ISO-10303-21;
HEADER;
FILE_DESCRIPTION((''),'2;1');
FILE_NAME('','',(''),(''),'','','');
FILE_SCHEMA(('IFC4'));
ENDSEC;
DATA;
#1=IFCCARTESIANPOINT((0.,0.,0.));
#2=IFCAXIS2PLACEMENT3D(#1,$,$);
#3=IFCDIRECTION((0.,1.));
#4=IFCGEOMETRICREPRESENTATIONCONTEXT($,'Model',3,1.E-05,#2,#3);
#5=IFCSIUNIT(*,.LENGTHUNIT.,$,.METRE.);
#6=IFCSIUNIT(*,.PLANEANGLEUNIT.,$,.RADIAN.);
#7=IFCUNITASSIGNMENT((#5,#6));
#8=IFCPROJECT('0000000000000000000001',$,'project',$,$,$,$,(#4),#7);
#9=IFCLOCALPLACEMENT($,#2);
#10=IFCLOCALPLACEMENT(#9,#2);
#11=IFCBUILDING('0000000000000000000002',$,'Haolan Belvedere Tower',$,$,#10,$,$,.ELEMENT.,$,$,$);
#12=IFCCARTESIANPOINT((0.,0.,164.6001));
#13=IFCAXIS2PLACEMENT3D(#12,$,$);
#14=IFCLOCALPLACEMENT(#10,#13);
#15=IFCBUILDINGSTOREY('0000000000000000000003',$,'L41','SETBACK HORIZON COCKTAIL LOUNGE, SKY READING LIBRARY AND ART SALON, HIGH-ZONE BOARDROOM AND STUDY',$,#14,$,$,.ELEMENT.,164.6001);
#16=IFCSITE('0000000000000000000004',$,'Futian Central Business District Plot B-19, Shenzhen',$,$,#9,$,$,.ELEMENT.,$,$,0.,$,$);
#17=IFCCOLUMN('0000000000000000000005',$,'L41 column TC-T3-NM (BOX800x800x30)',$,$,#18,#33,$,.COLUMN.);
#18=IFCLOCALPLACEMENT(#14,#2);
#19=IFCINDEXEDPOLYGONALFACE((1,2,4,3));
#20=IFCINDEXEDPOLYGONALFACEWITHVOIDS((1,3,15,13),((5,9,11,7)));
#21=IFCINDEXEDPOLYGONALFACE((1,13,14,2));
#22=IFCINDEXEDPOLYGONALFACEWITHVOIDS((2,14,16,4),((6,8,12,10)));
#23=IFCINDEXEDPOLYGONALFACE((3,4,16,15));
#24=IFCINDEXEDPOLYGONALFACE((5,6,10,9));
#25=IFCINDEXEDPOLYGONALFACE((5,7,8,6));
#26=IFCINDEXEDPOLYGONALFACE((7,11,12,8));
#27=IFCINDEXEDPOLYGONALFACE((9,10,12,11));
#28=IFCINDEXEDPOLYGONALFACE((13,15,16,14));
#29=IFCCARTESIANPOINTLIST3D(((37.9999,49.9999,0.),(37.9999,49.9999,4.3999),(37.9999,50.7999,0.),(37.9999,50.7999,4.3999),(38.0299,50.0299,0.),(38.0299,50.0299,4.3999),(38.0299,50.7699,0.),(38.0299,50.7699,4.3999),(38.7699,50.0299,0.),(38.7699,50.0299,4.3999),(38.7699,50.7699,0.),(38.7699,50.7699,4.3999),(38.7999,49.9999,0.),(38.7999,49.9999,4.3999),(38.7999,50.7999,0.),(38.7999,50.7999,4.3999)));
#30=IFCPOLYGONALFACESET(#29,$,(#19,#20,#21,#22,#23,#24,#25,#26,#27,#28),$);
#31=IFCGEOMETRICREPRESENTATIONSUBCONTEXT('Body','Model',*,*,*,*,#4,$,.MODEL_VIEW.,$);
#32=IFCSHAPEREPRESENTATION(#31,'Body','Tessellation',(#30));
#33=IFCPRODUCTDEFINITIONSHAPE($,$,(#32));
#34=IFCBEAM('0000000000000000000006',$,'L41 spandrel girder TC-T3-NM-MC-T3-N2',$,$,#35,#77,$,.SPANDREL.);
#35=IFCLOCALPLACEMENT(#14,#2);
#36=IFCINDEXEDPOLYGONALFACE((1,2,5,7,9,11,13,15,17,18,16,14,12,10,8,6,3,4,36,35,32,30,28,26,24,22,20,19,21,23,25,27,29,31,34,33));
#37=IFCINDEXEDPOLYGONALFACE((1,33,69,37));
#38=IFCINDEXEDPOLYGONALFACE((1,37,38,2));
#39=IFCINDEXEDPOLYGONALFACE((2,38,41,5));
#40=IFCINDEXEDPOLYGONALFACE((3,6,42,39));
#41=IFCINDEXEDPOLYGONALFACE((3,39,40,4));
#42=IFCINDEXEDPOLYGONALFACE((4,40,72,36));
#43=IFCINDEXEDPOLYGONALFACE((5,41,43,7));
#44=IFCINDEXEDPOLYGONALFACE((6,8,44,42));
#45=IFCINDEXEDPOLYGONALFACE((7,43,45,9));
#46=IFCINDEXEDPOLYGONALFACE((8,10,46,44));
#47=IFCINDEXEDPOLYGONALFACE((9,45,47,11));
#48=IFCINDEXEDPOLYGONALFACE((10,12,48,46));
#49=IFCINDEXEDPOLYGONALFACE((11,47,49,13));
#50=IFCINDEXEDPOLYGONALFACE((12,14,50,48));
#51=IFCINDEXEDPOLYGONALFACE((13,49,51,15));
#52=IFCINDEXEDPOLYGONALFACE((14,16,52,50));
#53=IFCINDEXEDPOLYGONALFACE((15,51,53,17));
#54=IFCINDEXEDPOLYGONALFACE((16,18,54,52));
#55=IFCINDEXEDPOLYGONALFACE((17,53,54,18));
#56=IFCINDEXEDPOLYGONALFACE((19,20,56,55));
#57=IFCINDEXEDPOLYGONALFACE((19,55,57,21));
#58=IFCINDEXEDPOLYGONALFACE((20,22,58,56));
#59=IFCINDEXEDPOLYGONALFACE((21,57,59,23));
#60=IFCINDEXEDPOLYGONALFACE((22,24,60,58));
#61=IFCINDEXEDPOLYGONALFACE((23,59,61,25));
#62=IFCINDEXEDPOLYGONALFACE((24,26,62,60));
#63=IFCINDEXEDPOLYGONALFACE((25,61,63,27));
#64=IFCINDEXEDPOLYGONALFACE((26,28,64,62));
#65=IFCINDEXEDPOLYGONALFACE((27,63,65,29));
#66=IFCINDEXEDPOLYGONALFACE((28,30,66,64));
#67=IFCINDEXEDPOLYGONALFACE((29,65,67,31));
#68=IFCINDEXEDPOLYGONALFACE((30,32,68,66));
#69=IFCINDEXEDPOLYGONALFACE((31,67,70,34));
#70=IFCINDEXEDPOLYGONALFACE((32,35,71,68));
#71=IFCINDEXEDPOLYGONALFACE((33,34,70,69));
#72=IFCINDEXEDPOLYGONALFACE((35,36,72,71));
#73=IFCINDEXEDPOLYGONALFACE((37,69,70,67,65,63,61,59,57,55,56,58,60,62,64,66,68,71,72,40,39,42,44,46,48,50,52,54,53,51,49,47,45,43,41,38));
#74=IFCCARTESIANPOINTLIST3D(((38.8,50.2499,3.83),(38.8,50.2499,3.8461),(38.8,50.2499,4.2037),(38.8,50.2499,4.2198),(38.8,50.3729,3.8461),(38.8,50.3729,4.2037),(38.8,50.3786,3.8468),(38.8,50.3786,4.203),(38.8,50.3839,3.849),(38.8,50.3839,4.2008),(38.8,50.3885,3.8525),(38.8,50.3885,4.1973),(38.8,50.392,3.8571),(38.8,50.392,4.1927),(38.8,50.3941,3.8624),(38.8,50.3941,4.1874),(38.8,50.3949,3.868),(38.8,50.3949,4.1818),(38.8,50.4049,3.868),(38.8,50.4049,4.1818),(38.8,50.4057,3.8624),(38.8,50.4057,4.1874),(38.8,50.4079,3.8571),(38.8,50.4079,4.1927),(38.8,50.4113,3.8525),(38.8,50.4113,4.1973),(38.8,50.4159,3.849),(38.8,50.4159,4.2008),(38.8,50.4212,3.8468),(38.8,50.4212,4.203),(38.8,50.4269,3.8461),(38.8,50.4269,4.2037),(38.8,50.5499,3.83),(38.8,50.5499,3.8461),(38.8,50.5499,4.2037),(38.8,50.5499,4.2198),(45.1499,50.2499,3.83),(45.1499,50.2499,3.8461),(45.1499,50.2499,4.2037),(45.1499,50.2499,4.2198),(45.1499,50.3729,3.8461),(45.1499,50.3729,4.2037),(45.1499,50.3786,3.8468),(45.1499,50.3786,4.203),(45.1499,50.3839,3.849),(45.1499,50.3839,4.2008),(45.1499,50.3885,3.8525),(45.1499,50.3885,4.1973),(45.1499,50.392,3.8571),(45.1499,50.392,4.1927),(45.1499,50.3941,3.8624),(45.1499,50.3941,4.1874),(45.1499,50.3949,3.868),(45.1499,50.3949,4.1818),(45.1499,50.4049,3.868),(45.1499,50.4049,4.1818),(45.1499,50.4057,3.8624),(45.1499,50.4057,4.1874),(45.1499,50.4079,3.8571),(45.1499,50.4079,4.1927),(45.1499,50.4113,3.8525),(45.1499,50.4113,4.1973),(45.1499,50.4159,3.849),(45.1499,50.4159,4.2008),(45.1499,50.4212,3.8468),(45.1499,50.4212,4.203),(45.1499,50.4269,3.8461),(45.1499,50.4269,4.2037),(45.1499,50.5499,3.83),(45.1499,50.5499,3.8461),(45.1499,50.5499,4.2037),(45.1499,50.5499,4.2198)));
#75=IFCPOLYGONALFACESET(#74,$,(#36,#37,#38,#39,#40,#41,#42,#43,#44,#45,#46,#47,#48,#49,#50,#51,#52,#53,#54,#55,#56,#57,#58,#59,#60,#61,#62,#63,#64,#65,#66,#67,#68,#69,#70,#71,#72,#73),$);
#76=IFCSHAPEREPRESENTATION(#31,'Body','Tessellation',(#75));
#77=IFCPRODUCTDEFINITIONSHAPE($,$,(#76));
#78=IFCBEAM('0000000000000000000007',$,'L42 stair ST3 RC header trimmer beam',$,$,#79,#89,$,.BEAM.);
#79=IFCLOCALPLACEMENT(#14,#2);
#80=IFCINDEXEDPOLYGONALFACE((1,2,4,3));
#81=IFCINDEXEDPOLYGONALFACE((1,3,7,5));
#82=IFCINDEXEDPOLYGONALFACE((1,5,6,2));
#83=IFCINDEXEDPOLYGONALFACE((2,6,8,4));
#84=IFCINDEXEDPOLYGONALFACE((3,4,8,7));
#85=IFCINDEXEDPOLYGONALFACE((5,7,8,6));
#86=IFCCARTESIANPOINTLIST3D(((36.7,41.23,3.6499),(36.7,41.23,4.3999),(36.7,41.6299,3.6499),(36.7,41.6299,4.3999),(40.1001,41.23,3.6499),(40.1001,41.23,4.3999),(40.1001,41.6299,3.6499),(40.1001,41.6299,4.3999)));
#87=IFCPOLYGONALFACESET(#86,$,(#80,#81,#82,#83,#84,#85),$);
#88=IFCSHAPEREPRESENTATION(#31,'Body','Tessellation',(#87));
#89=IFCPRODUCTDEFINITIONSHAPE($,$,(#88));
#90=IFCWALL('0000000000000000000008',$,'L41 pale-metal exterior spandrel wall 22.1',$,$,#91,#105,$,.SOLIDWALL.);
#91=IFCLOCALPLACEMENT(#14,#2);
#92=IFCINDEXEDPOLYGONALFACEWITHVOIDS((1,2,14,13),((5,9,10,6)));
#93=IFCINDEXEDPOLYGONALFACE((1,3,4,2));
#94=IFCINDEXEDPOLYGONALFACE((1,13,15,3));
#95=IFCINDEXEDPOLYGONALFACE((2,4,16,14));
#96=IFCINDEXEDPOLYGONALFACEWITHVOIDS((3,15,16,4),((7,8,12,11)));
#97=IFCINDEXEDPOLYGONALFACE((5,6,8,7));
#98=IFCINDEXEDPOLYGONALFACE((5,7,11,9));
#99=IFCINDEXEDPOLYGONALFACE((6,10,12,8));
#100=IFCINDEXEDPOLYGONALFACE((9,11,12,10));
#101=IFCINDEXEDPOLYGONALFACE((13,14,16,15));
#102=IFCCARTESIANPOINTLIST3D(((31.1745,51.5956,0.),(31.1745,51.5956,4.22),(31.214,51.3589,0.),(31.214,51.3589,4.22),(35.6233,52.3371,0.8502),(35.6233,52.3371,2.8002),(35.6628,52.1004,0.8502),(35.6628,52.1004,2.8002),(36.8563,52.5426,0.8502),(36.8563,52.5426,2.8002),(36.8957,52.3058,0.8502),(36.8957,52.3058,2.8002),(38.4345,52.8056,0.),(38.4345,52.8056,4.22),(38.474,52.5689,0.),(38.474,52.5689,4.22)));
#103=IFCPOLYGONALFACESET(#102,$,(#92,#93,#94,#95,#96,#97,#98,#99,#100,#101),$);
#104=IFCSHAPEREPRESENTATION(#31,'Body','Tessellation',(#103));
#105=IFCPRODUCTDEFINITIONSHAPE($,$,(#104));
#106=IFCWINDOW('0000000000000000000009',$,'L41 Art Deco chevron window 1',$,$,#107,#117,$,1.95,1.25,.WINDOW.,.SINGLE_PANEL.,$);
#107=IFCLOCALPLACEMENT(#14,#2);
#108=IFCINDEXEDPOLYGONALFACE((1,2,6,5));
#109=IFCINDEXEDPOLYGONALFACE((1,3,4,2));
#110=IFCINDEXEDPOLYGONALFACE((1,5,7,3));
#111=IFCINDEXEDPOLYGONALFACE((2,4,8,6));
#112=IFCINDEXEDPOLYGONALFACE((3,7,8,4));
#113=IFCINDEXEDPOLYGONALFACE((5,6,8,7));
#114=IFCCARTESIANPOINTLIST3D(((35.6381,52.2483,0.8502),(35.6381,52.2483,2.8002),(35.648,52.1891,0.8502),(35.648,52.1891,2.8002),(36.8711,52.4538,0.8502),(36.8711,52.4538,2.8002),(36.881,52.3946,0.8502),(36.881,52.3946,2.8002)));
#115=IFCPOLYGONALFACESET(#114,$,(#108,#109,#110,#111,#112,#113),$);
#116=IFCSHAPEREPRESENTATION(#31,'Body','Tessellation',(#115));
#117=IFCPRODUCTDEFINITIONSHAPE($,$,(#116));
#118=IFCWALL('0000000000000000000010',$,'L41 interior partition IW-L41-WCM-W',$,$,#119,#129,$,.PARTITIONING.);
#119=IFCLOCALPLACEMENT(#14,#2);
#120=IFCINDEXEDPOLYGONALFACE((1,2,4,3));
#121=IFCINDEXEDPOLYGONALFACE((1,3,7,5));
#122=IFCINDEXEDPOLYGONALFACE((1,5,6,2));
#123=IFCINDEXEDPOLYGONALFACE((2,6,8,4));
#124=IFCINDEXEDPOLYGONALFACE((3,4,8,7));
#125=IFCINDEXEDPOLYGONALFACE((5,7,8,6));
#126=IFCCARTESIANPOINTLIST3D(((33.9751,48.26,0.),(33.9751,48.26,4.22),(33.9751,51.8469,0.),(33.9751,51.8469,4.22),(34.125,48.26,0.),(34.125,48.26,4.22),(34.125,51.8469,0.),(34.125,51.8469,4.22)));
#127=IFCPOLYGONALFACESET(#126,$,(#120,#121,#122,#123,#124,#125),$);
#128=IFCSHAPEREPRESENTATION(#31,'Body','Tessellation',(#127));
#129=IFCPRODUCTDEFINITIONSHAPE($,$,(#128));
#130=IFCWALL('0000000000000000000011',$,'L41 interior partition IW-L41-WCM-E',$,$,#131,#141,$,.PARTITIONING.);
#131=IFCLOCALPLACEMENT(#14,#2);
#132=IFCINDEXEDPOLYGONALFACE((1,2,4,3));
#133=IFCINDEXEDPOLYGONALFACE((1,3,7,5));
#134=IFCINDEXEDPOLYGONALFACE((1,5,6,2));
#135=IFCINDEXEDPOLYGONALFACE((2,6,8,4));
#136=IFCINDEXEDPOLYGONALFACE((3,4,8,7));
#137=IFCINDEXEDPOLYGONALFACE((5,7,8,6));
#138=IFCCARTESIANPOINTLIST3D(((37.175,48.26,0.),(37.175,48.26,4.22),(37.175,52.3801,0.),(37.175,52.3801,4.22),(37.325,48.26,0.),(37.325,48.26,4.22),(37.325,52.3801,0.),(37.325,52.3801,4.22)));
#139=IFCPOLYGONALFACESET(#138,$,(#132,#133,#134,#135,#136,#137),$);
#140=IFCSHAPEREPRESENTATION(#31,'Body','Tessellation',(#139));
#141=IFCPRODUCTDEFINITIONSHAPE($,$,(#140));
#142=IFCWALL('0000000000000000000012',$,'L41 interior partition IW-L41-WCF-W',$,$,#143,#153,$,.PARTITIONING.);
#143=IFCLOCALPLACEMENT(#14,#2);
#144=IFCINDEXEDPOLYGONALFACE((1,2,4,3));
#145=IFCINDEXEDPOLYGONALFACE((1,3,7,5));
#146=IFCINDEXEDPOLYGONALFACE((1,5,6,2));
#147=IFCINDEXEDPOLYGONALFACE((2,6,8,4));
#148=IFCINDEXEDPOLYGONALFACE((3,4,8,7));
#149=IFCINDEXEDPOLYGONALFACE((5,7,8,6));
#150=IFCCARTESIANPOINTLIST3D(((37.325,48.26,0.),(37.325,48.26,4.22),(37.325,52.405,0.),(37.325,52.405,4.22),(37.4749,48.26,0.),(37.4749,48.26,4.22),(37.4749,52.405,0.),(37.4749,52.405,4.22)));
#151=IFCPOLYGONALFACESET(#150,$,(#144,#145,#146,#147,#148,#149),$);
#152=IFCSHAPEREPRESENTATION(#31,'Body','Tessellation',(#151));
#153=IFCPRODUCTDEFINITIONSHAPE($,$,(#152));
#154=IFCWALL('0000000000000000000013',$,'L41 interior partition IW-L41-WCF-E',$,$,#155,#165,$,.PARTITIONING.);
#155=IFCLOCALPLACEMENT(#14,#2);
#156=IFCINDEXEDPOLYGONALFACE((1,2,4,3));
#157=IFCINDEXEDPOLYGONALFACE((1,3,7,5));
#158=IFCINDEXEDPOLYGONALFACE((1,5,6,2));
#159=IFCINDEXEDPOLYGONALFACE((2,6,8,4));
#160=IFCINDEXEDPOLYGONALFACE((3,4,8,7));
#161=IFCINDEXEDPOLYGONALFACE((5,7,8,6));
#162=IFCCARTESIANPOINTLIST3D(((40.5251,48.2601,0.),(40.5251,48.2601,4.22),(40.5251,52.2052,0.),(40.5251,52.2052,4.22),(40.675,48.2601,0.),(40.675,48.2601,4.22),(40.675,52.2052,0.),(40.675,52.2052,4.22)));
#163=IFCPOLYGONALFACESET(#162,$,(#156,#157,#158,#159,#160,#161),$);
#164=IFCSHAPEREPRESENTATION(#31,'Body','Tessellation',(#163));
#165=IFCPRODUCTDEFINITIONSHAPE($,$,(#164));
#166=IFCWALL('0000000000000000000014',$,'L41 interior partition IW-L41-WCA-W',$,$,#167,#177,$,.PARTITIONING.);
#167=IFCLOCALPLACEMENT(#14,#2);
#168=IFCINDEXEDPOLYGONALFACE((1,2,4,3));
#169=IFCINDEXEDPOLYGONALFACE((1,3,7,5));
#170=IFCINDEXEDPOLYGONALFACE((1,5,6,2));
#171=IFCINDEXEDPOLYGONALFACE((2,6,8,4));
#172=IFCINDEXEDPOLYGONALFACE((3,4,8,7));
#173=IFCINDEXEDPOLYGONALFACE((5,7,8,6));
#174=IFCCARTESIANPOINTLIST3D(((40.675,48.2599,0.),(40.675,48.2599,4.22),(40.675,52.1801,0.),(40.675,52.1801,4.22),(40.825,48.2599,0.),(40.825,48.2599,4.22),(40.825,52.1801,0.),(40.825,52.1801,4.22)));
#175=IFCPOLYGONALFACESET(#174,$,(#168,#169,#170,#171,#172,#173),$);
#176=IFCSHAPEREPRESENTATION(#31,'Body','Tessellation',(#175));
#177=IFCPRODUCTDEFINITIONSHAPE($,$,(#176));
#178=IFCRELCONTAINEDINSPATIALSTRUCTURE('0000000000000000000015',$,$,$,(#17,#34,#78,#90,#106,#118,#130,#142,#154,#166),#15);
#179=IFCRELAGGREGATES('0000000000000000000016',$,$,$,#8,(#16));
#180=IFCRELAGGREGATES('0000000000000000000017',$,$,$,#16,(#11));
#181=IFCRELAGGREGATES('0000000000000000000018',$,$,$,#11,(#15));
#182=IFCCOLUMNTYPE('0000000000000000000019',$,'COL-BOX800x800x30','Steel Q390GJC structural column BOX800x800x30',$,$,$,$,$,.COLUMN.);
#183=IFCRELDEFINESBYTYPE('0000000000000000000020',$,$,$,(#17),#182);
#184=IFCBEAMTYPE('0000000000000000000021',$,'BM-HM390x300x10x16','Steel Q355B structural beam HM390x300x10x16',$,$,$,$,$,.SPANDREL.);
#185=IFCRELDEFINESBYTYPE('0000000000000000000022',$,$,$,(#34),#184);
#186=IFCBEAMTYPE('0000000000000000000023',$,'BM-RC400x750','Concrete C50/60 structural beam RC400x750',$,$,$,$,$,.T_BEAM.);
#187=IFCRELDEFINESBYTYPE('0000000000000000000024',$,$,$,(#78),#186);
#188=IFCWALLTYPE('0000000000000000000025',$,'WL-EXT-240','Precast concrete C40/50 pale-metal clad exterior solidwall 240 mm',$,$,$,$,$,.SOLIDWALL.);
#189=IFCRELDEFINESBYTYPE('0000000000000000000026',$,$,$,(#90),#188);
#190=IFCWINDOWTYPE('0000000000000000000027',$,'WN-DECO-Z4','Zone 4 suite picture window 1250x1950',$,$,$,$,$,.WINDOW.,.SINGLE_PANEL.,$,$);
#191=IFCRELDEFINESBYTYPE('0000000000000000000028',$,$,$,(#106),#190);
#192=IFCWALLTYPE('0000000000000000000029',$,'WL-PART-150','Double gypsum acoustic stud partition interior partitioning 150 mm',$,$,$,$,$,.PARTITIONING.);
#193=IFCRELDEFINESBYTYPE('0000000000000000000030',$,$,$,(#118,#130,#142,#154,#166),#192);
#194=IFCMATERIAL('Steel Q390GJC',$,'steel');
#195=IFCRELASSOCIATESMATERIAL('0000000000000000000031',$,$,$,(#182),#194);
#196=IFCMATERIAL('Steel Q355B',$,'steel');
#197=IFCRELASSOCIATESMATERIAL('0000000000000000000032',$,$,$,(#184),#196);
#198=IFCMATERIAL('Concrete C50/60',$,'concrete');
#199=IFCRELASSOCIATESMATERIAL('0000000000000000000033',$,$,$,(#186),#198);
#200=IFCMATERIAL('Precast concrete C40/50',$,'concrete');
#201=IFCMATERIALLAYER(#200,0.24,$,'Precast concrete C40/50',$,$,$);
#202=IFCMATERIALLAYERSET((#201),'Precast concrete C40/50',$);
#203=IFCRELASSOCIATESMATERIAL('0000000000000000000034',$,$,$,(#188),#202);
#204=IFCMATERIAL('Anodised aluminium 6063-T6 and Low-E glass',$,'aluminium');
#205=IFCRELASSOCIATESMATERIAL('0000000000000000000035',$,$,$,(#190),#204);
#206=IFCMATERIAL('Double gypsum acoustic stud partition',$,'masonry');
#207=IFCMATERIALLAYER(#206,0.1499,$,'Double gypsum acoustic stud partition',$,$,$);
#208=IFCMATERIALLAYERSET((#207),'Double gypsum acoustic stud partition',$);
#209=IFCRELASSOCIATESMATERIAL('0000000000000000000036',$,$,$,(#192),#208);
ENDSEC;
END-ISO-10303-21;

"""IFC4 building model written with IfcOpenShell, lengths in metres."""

from ifc_helpers import new_model, si_unit, direction, frame, frame_2d, origin, origin_2d, place, context, subcontext, project, spatial, rectangle, hollow_rectangle, i_section, extrude, material, layer, layer_set, material_profile, profile_set, type_object, element, fill, save


model = new_model("IFC4")

# Units and contexts
model_context = context("Model", 3, precision=1e-05, world=origin(), true_north=direction((0.0, 1.0)))
body_context = subcontext(model_context, "Body", "Model", "MODEL_VIEW")
ifc_project = project(units=[si_unit("LENGTHUNIT", "METRE"), si_unit("PLANEANGLEUNIT", "RADIAN")], contexts=[model_context])

# Site, building, storey
site_placement = place(None, origin())
site = spatial("IfcSite", under=ifc_project, at=site_placement, Name="Futian Central Business District Plot B-19, Shenzhen", CompositionType="ELEMENT", RefElevation=0.0)
building_placement = place(site_placement, origin())
building = spatial("IfcBuilding", under=site, at=building_placement, Name="Haolan Belvedere Tower", CompositionType="ELEMENT")
storey_placement = place(building_placement, frame((0.0, 0.0, 164.6001)))
storey = spatial("IfcBuildingStorey", under=building, at=storey_placement, Name="L41", Description="SETBACK HORIZON COCKTAIL LOUNGE, SKY READING LIBRARY AND ART SALON, HIGH-ZONE BOARDROOM AND STUDY", CompositionType="ELEMENT", Elevation=164.6001)

# Column
ifc_material_1 = material(Name="Steel Q390GJC", Category="steel")
ifc_material_profile_1 = material_profile(ifc_material_1, hollow_rectangle(XDim=0.8, YDim=0.8, WallThickness=0.03, at=origin_2d()), Name="Steel Q390GJC")
ifc_profile_set_1 = profile_set([ifc_material_profile_1], Name="Steel Q390GJC")
column_type = type_object("IfcColumnType", Name="COL-BOX800x800x30", Description="Steel Q390GJC structural column BOX800x800x30", PredefinedType="COLUMN", material=ifc_profile_set_1)
column_placement = place(storey_placement, frame((38.3999, 50.3999, 0.0), z_axis=(0.0, 0.0, 1.0), x_axis=(1.0, 0.0, 0.0)))
element("IfcColumn", 1, at=column_placement, inside=storey, type_object=column_type, Name="L41 column TC-T3-NM (BOX800x800x30)", PredefinedType="COLUMN", context=body_context, shape_type="SweptSolid", body=[
    extrude(hollow_rectangle(XDim=0.8, YDim=0.8, WallThickness=0.03, at=origin_2d()), origin(), (0.0, 0.0, 1.0), 4.3999),
])

# Beams
ifc_material_2 = material(Name="Steel Q355B", Category="steel")
ifc_material_profile_2 = material_profile(ifc_material_2, i_section(OverallWidth=0.3, OverallDepth=0.3899, WebThickness=0.01, FlangeThickness=0.0161, FilletRadius=0.022, at=origin_2d()), Name="Steel Q355B")
ifc_profile_set_2 = profile_set([ifc_material_profile_2], Name="Steel Q355B")
beam_type_1 = type_object("IfcBeamType", Name="BM-HM390x300x10x16", Description="Steel Q355B structural beam HM390x300x10x16", PredefinedType="SPANDREL", material=ifc_profile_set_2)
beam_1_placement = place(storey_placement, frame((38.8, 50.3999, 4.0249), z_axis=(1.0, 0.0, 0.0), x_axis=(0.0, 1.0, 0.0)))
element("IfcBeam", 2, at=beam_1_placement, inside=storey, type_object=beam_type_1, Name="L41 spandrel girder TC-T3-NM-MC-T3-N2", PredefinedType="SPANDREL", context=body_context, shape_type="SweptSolid", body=[
    extrude(i_section(OverallWidth=0.3, OverallDepth=0.3899, WebThickness=0.01, FlangeThickness=0.0161, FilletRadius=0.022, at=origin_2d()), origin(), (0.0, 0.0, 1.0), 6.3499),
])
ifc_material_3 = material(Name="Concrete C50/60", Category="concrete")
ifc_material_profile_3 = material_profile(ifc_material_3, rectangle(XDim=0.3999, YDim=0.75, at=origin_2d()), Name="Concrete C50/60")
ifc_profile_set_3 = profile_set([ifc_material_profile_3], Name="Concrete C50/60")
beam_type_2 = type_object("IfcBeamType", Name="BM-RC400x750", Description="Concrete C50/60 structural beam RC400x750", PredefinedType="T_BEAM", material=ifc_profile_set_3)
beam_2_placement = place(storey_placement, frame((36.7, 41.4299, 4.0249), z_axis=(1.0, 0.0, 0.0), x_axis=(0.0, 1.0, 0.0)))
element("IfcBeam", 3, at=beam_2_placement, inside=storey, type_object=beam_type_2, Name="L42 stair ST3 RC header trimmer beam", PredefinedType="BEAM", context=body_context, shape_type="SweptSolid", body=[
    extrude(rectangle(XDim=0.3999, YDim=0.75, at=origin_2d()), origin(), (0.0, 0.0, 1.0), 3.4001),
])

# Wall, opening, window
ifc_material_4 = material(Name="Precast concrete C40/50", Category="concrete")
ifc_layer_1 = layer(ifc_material_4, 0.24, Name="Precast concrete C40/50")
ifc_layer_set_1 = layer_set([ifc_layer_1], Name="Precast concrete C40/50")
wall_type_1 = type_object("IfcWallType", Name="WL-EXT-240", Description="Precast concrete C40/50 pale-metal clad exterior solidwall 240 mm", PredefinedType="SOLIDWALL", material=ifc_layer_set_1)
wall_1_placement = place(storey_placement, frame((38.4543, 52.6873, 0.0), z_axis=(0.0, 0.0, 1.0), x_axis=(-0.986395, -0.164394, 0.0)))
wall_1 = element("IfcWall", 4, at=wall_1_placement, inside=storey, type_object=wall_type_1, Name="L41 pale-metal exterior spandrel wall 22.1", PredefinedType="SOLIDWALL", context=body_context, shape_type="SweptSolid", body=[
    extrude(rectangle(XDim=7.3601, YDim=0.24, at=frame_2d((3.6802, 0.0))), origin(), (0.0, 0.0, 1.0), 4.22),
])
opening_1_placement = place(wall_1_placement, frame((1.6001, 0.0, 0.8501)))
opening_1 = element("IfcOpeningElement", 5, at=opening_1_placement, cuts=wall_1, PredefinedType="OPENING", context=body_context, shape_type="SweptSolid", body=[
    extrude(rectangle(XDim=1.25, YDim=1.95, at=frame_2d((0.625, 0.9751))), frame((0.0, 0.1299, 0.0), z_axis=(0.0, -1.0, 0.0), x_axis=(1.0, 0.0, 0.0)), (0.0, 0.0, 1.0), 0.26),
])
ifc_material_5 = material(Name="Anodised aluminium 6063-T6 and Low-E glass", Category="aluminium")
window_type = type_object("IfcWindowType", Name="WN-DECO-Z4", Description="Zone 4 suite picture window 1250x1950", PartitioningType="SINGLE_PANEL", PredefinedType="WINDOW", material=ifc_material_5)
window_placement = place(opening_1_placement, origin())
window = element("IfcWindow", 6, at=window_placement, inside=storey, type_object=window_type, Name="L41 Art Deco chevron window 1", OverallHeight=1.95, OverallWidth=1.25, PartitioningType="SINGLE_PANEL", PredefinedType="WINDOW", context=body_context, shape_type="SweptSolid", body=[
    extrude(rectangle(XDim=1.25, YDim=1.95, at=frame_2d((0.625, 0.9751))), frame((0.0, 0.03, 0.0), z_axis=(0.0, -1.0, 0.0), x_axis=(1.0, 0.0, 0.0)), (0.0, 0.0, 1.0), 0.0601),
])
fill(opening_1, window)

# Shared definitions
ifc_material_6 = material(Name="Double gypsum acoustic stud partition", Category="masonry")
ifc_layer_2 = layer(ifc_material_6, 0.1499, Name="Double gypsum acoustic stud partition")
ifc_layer_set_2 = layer_set([ifc_layer_2], Name="Double gypsum acoustic stud partition")
wall_type_2 = type_object("IfcWallType", Name="WL-PART-150", Description="Double gypsum acoustic stud partition interior partitioning 150 mm", PredefinedType="PARTITIONING", material=ifc_layer_set_2)

# Walls
wall_2_placement = place(storey_placement, frame((34.05, 48.26, 0.0), z_axis=(0.0, 0.0, 1.0), x_axis=(0.0, 1.0, 0.0)))
element("IfcWall", 7, at=wall_2_placement, inside=storey, type_object=wall_type_2, Name="L41 interior partition IW-L41-WCM-W", PredefinedType="PARTITIONING", context=body_context, shape_type="SweptSolid", body=[
    extrude(rectangle(XDim=3.5869, YDim=0.1499, at=frame_2d((1.7935, 0.0))), origin(), (0.0, 0.0, 1.0), 4.22),
])
wall_3_placement = place(storey_placement, frame((37.25, 48.26, 0.0), z_axis=(0.0, 0.0, 1.0), x_axis=(0.0, 1.0, 0.0)))
element("IfcWall", 8, at=wall_3_placement, inside=storey, type_object=wall_type_2, Name="L41 interior partition IW-L41-WCM-E", PredefinedType="PARTITIONING", context=body_context, shape_type="SweptSolid", body=[
    extrude(rectangle(XDim=4.1201, YDim=0.1499, at=frame_2d((2.0601, 0.0))), origin(), (0.0, 0.0, 1.0), 4.22),
])

# Walls
wall_4_placement = place(storey_placement, frame((37.3999, 48.26, 0.0), z_axis=(0.0, 0.0, 1.0), x_axis=(0.0, 1.0, 0.0)))
element("IfcWall", 9, at=wall_4_placement, inside=storey, type_object=wall_type_2, Name="L41 interior partition IW-L41-WCF-W", PredefinedType="PARTITIONING", context=body_context, shape_type="SweptSolid", body=[
    extrude(rectangle(XDim=4.145, YDim=0.1499, at=frame_2d((2.0725, 0.0))), origin(), (0.0, 0.0, 1.0), 4.22),
])
wall_5_placement = place(storey_placement, frame((40.6001, 48.26, 0.0), z_axis=(0.0, 0.0, 1.0), x_axis=(0.0, 1.0, 0.0)))
element("IfcWall", 10, at=wall_5_placement, inside=storey, type_object=wall_type_2, Name="L41 interior partition IW-L41-WCF-E", PredefinedType="PARTITIONING", context=body_context, shape_type="SweptSolid", body=[
    extrude(rectangle(XDim=3.9451, YDim=0.1499, at=frame_2d((1.9727, 0.0))), origin(), (0.0, 0.0, 1.0), 4.22),
])

# Wall
wall_6_placement = place(storey_placement, frame((40.75, 48.26, 0.0), z_axis=(0.0, 0.0, 1.0), x_axis=(0.0, 1.0, 0.0)))
element("IfcWall", 11, at=wall_6_placement, inside=storey, type_object=wall_type_2, Name="L41 interior partition IW-L41-WCA-W", PredefinedType="PARTITIONING", context=body_context, shape_type="SweptSolid", body=[
    extrude(rectangle(XDim=3.9202, YDim=0.1499, at=frame_2d((1.96, 0.0))), origin(), (0.0, 0.0, 1.0), 4.22),
])

save(model, "model.ifc")
